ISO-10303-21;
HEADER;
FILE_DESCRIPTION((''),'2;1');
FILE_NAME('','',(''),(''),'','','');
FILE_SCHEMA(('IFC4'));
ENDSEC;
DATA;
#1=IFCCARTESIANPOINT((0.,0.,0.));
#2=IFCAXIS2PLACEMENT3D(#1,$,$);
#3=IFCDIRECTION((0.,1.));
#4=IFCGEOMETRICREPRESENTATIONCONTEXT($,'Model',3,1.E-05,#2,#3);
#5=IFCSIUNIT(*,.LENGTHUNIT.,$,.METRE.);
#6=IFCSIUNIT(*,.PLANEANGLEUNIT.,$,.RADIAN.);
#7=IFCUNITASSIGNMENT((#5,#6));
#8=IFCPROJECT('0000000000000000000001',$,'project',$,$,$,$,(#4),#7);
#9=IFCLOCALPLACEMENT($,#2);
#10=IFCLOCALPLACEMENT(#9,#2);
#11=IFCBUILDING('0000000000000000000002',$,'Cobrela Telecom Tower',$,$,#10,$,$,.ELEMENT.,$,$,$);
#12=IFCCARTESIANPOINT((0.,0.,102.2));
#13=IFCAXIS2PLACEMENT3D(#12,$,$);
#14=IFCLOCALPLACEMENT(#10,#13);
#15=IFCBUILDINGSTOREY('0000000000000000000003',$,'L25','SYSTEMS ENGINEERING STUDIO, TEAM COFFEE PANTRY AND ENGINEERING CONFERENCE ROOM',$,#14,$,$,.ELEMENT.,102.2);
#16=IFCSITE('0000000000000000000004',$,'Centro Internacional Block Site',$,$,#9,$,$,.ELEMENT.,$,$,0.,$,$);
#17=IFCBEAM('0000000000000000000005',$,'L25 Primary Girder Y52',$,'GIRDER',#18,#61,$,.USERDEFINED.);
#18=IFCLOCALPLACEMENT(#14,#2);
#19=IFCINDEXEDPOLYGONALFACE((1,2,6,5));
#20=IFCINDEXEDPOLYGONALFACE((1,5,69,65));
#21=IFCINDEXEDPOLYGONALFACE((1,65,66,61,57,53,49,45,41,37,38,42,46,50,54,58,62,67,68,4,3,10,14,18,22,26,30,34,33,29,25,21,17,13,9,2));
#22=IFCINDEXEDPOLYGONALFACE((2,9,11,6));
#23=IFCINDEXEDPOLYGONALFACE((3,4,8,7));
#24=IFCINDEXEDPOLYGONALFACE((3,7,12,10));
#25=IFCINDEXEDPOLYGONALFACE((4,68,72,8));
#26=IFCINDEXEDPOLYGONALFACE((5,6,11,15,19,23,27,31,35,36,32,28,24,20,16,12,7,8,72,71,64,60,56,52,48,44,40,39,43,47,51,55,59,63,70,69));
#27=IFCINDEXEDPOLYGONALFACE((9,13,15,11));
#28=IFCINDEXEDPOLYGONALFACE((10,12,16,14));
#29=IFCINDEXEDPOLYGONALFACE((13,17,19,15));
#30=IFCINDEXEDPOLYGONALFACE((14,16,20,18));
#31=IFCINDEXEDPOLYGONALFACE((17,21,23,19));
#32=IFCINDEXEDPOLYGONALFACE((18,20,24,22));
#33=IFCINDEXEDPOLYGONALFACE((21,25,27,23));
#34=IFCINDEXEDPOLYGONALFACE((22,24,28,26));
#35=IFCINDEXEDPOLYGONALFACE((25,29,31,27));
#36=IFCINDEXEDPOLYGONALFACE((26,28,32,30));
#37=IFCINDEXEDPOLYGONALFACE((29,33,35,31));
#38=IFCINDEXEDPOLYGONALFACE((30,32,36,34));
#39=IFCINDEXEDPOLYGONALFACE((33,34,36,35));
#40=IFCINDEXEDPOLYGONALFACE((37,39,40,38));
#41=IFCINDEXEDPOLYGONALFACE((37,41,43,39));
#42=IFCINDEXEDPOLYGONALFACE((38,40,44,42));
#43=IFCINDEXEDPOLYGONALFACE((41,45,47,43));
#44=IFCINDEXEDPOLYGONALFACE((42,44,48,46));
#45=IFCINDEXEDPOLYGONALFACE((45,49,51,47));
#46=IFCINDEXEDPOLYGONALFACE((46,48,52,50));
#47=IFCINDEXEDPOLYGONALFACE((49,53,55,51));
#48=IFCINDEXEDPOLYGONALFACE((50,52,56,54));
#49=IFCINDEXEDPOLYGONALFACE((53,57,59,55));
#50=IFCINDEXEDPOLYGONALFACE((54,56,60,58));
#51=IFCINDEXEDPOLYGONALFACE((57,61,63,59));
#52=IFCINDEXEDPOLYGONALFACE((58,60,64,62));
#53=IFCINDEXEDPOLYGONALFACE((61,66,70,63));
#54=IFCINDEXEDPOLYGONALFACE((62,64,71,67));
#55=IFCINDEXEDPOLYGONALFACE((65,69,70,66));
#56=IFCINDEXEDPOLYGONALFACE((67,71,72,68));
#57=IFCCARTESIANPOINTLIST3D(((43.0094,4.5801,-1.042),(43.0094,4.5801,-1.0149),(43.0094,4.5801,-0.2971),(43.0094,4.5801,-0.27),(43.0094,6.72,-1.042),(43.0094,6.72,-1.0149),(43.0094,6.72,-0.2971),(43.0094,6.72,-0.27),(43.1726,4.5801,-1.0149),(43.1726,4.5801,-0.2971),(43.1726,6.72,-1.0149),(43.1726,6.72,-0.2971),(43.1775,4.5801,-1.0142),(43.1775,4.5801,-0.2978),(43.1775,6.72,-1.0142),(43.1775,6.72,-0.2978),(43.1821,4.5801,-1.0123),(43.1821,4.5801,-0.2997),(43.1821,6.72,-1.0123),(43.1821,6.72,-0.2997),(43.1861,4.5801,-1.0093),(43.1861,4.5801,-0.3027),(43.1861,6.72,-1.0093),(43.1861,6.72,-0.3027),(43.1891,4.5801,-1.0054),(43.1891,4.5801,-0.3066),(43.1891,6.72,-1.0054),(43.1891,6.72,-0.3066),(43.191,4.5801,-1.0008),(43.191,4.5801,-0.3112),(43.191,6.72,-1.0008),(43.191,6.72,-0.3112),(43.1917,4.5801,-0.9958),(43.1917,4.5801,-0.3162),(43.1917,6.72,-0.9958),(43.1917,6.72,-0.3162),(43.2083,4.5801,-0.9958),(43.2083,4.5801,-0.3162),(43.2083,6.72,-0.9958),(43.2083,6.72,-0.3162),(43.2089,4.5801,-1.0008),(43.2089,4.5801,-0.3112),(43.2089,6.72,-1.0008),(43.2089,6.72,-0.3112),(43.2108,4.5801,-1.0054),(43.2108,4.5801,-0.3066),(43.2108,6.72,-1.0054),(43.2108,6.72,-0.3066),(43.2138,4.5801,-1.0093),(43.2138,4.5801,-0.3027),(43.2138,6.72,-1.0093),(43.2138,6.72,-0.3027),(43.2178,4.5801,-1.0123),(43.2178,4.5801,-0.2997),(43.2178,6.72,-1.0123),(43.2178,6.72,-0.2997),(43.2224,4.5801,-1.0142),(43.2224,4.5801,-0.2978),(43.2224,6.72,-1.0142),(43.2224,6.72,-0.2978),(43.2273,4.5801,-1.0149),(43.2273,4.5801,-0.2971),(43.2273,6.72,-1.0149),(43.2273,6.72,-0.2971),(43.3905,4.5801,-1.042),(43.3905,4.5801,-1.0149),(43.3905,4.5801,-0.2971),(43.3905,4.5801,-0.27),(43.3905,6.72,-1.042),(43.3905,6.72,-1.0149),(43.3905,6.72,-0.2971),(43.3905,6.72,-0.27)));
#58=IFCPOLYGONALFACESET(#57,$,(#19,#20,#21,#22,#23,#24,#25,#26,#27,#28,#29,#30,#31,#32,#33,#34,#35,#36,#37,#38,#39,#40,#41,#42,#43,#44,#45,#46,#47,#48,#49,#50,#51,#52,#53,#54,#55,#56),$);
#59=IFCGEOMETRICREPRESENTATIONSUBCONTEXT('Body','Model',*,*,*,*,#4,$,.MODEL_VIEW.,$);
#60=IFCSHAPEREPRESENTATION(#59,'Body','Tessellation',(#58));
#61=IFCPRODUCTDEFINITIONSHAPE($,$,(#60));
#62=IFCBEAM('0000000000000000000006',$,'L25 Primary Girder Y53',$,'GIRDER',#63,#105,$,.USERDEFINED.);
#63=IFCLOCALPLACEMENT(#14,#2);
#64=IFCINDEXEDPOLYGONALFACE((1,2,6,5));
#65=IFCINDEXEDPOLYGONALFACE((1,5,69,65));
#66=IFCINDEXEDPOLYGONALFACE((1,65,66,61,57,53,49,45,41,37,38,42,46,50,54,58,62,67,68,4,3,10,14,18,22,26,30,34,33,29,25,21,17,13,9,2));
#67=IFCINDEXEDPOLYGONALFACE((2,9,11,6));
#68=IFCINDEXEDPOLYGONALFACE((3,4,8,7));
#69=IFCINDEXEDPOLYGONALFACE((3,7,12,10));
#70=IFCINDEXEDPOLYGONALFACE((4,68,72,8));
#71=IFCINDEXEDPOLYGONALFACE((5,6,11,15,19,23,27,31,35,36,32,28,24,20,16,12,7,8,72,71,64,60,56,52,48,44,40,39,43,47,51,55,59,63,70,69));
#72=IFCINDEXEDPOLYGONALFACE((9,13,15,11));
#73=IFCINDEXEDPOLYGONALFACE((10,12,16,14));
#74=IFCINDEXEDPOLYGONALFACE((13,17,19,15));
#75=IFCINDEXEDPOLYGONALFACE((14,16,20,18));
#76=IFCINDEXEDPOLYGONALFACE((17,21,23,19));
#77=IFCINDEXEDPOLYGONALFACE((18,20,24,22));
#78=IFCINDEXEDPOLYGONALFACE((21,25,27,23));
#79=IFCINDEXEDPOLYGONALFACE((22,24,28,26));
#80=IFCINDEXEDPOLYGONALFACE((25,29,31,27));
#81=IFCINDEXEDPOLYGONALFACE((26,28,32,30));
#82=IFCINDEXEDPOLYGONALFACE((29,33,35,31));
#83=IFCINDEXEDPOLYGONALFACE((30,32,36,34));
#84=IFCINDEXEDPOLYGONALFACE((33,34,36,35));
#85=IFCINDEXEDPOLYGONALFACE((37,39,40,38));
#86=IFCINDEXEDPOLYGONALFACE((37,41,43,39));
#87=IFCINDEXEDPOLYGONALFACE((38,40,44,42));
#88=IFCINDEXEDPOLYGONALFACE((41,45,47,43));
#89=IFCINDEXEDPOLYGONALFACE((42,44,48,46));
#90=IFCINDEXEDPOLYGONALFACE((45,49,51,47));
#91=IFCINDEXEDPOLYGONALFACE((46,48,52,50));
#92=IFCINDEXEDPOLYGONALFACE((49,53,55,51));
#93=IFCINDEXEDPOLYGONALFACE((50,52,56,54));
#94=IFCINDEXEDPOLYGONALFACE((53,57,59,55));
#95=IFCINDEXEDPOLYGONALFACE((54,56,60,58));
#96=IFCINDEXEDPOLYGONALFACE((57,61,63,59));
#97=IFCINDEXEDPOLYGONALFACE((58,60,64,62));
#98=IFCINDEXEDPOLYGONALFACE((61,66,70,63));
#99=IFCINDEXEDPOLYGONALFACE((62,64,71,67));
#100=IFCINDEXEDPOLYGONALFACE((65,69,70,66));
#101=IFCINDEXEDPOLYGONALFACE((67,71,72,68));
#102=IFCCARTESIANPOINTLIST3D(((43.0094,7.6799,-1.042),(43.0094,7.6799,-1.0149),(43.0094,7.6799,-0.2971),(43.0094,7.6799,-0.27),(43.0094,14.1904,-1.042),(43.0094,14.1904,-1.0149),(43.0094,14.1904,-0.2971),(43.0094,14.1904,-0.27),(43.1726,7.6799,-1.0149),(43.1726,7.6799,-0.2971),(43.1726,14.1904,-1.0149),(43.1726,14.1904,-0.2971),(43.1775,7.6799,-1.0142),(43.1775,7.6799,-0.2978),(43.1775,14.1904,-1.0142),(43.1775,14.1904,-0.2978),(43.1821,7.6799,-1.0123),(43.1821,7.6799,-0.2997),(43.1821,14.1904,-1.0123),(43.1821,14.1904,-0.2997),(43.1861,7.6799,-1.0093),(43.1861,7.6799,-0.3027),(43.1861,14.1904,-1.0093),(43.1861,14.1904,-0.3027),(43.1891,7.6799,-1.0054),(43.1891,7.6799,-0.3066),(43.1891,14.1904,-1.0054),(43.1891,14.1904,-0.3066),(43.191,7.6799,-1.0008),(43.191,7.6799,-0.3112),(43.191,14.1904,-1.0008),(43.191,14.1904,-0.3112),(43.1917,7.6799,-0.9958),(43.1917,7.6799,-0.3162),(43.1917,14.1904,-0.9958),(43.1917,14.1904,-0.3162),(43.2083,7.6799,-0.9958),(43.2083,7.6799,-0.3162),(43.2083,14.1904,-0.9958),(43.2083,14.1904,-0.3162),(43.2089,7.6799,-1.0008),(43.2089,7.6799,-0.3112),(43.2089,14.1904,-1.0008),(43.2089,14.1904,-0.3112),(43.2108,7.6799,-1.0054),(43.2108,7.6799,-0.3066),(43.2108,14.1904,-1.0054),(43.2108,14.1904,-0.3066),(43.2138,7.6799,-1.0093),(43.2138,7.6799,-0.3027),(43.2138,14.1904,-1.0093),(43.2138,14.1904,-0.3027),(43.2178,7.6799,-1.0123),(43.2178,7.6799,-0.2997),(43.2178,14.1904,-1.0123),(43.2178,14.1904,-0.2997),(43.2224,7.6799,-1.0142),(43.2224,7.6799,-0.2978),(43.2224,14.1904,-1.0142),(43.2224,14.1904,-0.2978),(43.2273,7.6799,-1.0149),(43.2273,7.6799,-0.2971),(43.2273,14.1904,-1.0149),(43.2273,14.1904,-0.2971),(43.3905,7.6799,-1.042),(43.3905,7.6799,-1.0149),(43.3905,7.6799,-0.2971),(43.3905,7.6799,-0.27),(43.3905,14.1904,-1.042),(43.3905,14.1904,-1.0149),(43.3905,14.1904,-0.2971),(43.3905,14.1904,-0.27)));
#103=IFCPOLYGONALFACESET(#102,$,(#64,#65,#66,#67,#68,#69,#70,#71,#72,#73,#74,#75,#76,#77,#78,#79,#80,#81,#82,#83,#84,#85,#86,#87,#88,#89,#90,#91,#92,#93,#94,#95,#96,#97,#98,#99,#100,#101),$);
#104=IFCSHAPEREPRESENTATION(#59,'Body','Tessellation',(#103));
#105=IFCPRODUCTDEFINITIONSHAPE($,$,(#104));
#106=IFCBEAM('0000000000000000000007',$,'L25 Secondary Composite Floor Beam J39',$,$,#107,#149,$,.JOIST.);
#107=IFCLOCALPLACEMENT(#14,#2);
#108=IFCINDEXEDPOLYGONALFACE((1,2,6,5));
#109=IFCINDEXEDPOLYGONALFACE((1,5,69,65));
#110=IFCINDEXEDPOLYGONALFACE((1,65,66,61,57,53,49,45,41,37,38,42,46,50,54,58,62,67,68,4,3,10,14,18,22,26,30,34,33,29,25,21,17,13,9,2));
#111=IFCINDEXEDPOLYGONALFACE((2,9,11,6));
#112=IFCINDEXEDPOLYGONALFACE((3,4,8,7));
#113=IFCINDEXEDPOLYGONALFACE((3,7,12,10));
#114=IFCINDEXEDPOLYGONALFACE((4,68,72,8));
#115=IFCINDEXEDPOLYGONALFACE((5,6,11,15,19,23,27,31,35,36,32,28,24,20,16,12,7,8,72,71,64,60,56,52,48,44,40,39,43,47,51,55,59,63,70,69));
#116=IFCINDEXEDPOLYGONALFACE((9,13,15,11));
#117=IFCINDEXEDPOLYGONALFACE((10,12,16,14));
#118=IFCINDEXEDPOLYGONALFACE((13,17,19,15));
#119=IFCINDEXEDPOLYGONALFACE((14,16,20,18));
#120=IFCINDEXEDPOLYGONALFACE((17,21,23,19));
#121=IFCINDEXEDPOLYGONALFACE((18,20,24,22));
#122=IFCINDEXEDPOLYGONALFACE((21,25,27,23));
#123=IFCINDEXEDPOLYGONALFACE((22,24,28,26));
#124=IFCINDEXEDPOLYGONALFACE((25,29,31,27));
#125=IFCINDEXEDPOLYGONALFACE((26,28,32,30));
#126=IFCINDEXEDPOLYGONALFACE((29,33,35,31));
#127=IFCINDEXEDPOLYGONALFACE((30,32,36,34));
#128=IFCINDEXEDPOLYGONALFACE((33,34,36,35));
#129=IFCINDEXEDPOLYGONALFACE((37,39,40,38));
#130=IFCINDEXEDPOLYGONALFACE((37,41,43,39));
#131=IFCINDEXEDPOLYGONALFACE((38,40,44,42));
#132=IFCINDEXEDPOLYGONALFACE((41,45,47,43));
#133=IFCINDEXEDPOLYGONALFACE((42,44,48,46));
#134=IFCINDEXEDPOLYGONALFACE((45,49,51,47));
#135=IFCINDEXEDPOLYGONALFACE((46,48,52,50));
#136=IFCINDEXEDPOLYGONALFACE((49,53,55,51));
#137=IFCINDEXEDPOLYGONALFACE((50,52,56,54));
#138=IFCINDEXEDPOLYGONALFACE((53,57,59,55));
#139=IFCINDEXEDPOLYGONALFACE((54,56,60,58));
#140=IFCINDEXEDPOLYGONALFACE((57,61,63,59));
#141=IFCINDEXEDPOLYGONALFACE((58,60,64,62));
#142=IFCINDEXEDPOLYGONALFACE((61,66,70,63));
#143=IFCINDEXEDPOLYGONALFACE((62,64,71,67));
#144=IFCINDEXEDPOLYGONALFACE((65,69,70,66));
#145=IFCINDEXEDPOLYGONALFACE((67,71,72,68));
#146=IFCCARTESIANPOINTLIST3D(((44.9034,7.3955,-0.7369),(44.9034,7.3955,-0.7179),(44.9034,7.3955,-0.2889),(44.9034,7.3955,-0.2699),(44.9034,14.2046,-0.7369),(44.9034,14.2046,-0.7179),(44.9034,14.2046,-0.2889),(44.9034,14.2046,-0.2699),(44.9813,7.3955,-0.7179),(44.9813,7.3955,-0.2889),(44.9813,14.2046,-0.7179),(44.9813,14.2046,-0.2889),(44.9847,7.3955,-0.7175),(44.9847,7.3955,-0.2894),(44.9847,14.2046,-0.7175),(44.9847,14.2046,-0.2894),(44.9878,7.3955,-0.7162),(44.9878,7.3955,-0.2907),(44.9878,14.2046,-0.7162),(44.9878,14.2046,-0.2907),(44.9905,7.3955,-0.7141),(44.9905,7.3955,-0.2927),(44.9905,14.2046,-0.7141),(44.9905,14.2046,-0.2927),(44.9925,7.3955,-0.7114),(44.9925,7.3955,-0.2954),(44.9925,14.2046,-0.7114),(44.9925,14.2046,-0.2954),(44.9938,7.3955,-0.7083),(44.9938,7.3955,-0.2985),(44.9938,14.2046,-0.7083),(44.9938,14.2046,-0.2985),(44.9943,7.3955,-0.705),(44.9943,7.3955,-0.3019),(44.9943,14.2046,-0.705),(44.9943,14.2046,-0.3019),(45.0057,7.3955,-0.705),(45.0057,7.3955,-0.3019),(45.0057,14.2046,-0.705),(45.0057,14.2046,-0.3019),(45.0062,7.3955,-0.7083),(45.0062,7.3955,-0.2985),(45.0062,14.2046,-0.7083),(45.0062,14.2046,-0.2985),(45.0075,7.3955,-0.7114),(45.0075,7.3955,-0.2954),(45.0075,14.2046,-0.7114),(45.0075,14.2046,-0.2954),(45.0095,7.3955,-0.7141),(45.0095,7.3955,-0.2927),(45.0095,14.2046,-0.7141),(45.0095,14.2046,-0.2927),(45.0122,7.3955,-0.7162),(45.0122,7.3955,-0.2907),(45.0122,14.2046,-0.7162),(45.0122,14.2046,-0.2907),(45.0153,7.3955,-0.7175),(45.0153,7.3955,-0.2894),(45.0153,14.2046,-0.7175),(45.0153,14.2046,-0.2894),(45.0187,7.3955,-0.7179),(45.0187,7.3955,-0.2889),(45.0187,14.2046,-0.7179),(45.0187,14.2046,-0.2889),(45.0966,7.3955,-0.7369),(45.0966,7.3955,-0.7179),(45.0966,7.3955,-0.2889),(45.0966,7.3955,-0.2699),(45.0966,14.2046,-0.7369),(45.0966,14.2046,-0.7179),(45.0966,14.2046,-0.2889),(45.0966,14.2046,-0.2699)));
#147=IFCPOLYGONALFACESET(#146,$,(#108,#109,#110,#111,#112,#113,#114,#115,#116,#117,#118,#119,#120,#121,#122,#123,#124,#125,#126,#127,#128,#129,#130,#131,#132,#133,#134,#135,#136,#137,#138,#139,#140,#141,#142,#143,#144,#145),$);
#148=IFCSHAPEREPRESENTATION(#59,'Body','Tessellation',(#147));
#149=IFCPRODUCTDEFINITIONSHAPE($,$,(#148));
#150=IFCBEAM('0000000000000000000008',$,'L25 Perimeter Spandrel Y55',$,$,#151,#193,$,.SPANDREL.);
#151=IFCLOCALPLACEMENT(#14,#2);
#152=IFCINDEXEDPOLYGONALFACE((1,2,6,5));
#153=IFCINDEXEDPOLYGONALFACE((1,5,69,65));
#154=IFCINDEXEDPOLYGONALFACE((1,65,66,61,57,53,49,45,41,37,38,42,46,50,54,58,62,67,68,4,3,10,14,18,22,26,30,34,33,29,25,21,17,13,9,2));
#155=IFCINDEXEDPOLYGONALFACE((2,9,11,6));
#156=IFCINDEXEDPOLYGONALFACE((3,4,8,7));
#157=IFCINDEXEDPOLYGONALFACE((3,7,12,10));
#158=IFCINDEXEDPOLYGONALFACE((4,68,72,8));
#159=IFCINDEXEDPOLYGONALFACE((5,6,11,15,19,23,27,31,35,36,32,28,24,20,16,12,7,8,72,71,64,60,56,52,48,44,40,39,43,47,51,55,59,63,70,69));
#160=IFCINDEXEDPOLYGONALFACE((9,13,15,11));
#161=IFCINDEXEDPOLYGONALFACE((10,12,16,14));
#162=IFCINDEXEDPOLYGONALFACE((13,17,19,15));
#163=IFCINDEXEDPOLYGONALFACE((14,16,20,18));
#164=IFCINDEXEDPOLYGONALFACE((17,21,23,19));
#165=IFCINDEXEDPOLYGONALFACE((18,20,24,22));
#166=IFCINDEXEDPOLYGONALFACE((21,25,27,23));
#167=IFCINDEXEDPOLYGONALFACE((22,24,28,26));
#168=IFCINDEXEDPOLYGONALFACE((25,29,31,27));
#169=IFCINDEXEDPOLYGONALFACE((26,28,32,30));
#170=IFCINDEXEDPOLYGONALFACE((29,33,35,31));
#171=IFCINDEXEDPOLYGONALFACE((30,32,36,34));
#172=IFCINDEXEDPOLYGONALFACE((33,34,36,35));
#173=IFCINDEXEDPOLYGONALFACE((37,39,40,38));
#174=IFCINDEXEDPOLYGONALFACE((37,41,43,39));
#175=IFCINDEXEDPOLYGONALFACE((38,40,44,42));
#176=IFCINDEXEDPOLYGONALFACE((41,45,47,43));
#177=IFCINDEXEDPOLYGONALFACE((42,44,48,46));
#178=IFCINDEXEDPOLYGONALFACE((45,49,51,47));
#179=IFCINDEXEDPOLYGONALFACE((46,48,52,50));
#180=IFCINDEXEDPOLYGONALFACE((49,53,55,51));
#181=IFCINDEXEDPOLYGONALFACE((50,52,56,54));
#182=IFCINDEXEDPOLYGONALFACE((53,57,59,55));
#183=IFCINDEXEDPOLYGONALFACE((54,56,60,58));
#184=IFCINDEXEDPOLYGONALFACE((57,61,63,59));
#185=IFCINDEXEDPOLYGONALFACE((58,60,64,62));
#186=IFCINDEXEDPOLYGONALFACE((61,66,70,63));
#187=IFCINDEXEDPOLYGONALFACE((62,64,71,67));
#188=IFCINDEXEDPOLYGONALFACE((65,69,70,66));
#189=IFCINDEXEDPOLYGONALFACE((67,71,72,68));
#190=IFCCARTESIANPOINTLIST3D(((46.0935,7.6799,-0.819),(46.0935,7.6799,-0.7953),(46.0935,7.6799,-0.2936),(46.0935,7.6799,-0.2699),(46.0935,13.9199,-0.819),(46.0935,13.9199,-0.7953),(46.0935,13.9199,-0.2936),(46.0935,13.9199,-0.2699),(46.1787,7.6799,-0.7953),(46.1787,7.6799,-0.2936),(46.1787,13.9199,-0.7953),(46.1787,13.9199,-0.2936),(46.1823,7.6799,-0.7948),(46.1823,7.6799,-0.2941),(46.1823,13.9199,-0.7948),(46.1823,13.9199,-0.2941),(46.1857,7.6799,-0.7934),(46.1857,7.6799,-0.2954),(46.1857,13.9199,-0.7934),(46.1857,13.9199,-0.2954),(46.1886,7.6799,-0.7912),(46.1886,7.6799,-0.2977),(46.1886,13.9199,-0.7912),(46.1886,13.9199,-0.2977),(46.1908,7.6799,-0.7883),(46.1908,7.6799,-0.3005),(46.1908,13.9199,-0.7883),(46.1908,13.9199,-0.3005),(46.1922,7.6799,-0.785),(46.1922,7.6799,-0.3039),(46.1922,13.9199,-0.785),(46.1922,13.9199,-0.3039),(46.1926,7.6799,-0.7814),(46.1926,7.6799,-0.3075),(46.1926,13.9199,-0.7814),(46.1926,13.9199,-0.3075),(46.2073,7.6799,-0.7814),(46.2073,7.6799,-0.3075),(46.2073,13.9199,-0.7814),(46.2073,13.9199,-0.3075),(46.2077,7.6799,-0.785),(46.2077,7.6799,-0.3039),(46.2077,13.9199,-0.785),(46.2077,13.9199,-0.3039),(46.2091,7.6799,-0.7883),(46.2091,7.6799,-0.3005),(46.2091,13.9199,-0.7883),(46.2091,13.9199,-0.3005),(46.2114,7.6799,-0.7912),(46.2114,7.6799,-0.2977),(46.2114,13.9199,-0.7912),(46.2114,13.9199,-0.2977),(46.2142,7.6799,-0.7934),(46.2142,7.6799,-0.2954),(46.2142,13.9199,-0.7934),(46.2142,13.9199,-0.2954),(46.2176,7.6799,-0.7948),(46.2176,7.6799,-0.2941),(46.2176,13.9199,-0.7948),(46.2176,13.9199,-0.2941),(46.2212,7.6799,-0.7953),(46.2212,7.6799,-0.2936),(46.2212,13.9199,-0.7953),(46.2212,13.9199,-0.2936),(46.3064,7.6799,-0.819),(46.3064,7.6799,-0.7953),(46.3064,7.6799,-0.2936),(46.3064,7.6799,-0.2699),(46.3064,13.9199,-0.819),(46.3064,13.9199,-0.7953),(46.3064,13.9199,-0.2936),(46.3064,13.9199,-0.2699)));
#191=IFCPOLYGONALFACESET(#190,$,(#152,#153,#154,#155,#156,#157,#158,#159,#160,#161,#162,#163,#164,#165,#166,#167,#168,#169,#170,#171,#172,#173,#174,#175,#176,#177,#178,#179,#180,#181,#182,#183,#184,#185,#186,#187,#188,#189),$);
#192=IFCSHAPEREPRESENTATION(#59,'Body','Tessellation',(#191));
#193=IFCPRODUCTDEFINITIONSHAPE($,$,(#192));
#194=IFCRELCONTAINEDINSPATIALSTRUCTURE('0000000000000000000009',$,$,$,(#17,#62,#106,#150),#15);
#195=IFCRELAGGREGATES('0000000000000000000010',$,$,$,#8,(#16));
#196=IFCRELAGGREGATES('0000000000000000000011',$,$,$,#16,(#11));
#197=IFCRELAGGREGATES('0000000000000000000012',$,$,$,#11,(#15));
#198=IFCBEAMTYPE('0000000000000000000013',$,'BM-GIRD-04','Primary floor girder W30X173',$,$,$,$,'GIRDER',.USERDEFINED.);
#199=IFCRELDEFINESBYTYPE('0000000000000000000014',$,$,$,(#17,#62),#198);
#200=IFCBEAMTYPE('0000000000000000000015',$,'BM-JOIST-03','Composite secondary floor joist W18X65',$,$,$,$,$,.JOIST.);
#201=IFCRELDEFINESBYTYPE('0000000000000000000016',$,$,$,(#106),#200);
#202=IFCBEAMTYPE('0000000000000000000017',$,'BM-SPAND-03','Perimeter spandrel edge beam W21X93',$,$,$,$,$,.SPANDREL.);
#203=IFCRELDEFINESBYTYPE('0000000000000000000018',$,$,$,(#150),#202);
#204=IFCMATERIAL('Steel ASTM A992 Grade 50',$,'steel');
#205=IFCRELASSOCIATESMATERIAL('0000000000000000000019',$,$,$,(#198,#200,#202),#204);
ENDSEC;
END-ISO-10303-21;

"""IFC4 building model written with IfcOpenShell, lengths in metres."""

from ifc_helpers import new_model, si_unit, direction, frame, origin, origin_2d, place, context, subcontext, project, spatial, i_section, extrude, material, material_profile, profile_set, type_object, element, save


model = new_model("IFC4")

# Units and contexts
model_context = context("Model", 3, precision=1e-05, world=origin(), true_north=direction((0.0, 1.0)))
body_context = subcontext(model_context, "Body", "Model", "MODEL_VIEW")
ifc_project = project(units=[si_unit("LENGTHUNIT", "METRE"), si_unit("PLANEANGLEUNIT", "RADIAN")], contexts=[model_context])

# Site, building, storey
site_placement = place(None, origin())
site = spatial("IfcSite", under=ifc_project, at=site_placement, Name="Centro Internacional Block Site", CompositionType="ELEMENT", RefElevation=0.0)
building_placement = place(site_placement, origin())
building = spatial("IfcBuilding", under=site, at=building_placement, Name="Cobrela Telecom Tower", CompositionType="ELEMENT")
storey_placement = place(building_placement, frame((0.0, 0.0, 102.2)))
storey = spatial("IfcBuildingStorey", under=building, at=storey_placement, Name="L25", Description="SYSTEMS ENGINEERING STUDIO, TEAM COFFEE PANTRY AND ENGINEERING CONFERENCE ROOM", CompositionType="ELEMENT", Elevation=102.2)

# Shared definitions
ifc_material_1 = material(Name="Steel ASTM A992 Grade 50", Category="steel")

# Beams
ifc_material_profile_1 = material_profile(ifc_material_1, i_section(OverallWidth=0.3811, OverallDepth=0.772, WebThickness=0.0166, FlangeThickness=0.0271, FilletRadius=0.019, at=origin_2d()), Name="W30X173")
ifc_profile_set_1 = profile_set([ifc_material_profile_1], Name="Steel ASTM A992 Grade 50")
beam_type_1 = type_object("IfcBeamType", Name="BM-GIRD-04", Description="Primary floor girder W30X173", ElementType="GIRDER", PredefinedType="USERDEFINED", material=ifc_profile_set_1)
beam_1_placement = place(storey_placement, frame((43.2, 4.5801, -0.656), z_axis=(0.0, 1.0, 0.0), x_axis=(-1.0, 0.0, 0.0)))
element("IfcBeam", 1, at=beam_1_placement, inside=storey, type_object=beam_type_1, Name="L25 Primary Girder Y52", ObjectType="GIRDER", PredefinedType="USERDEFINED", context=body_context, shape_type="SweptSolid", body=[
    extrude(i_section(OverallWidth=0.3811, OverallDepth=0.772, WebThickness=0.0166, FlangeThickness=0.0271, FilletRadius=0.019, at=origin_2d()), origin(), (0.0, 0.0, 1.0), 2.1399),
])
beam_2_placement = place(storey_placement, frame((43.2, 7.6799, -0.656), z_axis=(0.0, 1.0, 0.0), x_axis=(-1.0, 0.0, 0.0)))
element("IfcBeam", 2, at=beam_2_placement, inside=storey, type_object=beam_type_1, Name="L25 Primary Girder Y53", ObjectType="GIRDER", PredefinedType="USERDEFINED", context=body_context, shape_type="SweptSolid", body=[
    extrude(i_section(OverallWidth=0.3811, OverallDepth=0.772, WebThickness=0.0166, FlangeThickness=0.0271, FilletRadius=0.019, at=origin_2d()), origin(), (0.0, 0.0, 1.0), 6.5105),
])
ifc_material_profile_2 = material_profile(ifc_material_1, i_section(OverallWidth=0.1931, OverallDepth=0.467, WebThickness=0.0115, FlangeThickness=0.019, FilletRadius=0.0129, at=origin_2d()), Name="W18X65")
ifc_profile_set_2 = profile_set([ifc_material_profile_2], Name="Steel ASTM A992 Grade 50")
beam_type_2 = type_object("IfcBeamType", Name="BM-JOIST-03", Description="Composite secondary floor joist W18X65", PredefinedType="JOIST", material=ifc_profile_set_2)
beam_3_placement = place(storey_placement, frame((45.0, 7.3955, -0.5034), z_axis=(0.0, 1.0, 0.0), x_axis=(-1.0, 0.0, 0.0)))
element("IfcBeam", 3, at=beam_3_placement, inside=storey, type_object=beam_type_2, Name="L25 Secondary Composite Floor Beam J39", PredefinedType="JOIST", context=body_context, shape_type="SweptSolid", body=[
    extrude(i_section(OverallWidth=0.1931, OverallDepth=0.467, WebThickness=0.0115, FlangeThickness=0.019, FilletRadius=0.0129, at=origin_2d()), origin(), (0.0, 0.0, 1.0), 6.8091),
])
ifc_material_profile_3 = material_profile(ifc_material_1, i_section(OverallWidth=0.2129, OverallDepth=0.5491, WebThickness=0.0146, FlangeThickness=0.0237, FilletRadius=0.0139, at=origin_2d()), Name="W21X93")
ifc_profile_set_3 = profile_set([ifc_material_profile_3], Name="Steel ASTM A992 Grade 50")
beam_type_3 = type_object("IfcBeamType", Name="BM-SPAND-03", Description="Perimeter spandrel edge beam W21X93", PredefinedType="SPANDREL", material=ifc_profile_set_3)
beam_4_placement = place(storey_placement, frame((46.2, 7.6799, -0.5444), z_axis=(0.0, 1.0, 0.0), x_axis=(-1.0, 0.0, 0.0)))
element("IfcBeam", 4, at=beam_4_placement, inside=storey, type_object=beam_type_3, Name="L25 Perimeter Spandrel Y55", PredefinedType="SPANDREL", context=body_context, shape_type="SweptSolid", body=[
    extrude(i_section(OverallWidth=0.2129, OverallDepth=0.5491, WebThickness=0.0146, FlangeThickness=0.0237, FilletRadius=0.0139, at=origin_2d()), origin(), (0.0, 0.0, 1.0), 6.24),
])

save(model, "model.ifc")
